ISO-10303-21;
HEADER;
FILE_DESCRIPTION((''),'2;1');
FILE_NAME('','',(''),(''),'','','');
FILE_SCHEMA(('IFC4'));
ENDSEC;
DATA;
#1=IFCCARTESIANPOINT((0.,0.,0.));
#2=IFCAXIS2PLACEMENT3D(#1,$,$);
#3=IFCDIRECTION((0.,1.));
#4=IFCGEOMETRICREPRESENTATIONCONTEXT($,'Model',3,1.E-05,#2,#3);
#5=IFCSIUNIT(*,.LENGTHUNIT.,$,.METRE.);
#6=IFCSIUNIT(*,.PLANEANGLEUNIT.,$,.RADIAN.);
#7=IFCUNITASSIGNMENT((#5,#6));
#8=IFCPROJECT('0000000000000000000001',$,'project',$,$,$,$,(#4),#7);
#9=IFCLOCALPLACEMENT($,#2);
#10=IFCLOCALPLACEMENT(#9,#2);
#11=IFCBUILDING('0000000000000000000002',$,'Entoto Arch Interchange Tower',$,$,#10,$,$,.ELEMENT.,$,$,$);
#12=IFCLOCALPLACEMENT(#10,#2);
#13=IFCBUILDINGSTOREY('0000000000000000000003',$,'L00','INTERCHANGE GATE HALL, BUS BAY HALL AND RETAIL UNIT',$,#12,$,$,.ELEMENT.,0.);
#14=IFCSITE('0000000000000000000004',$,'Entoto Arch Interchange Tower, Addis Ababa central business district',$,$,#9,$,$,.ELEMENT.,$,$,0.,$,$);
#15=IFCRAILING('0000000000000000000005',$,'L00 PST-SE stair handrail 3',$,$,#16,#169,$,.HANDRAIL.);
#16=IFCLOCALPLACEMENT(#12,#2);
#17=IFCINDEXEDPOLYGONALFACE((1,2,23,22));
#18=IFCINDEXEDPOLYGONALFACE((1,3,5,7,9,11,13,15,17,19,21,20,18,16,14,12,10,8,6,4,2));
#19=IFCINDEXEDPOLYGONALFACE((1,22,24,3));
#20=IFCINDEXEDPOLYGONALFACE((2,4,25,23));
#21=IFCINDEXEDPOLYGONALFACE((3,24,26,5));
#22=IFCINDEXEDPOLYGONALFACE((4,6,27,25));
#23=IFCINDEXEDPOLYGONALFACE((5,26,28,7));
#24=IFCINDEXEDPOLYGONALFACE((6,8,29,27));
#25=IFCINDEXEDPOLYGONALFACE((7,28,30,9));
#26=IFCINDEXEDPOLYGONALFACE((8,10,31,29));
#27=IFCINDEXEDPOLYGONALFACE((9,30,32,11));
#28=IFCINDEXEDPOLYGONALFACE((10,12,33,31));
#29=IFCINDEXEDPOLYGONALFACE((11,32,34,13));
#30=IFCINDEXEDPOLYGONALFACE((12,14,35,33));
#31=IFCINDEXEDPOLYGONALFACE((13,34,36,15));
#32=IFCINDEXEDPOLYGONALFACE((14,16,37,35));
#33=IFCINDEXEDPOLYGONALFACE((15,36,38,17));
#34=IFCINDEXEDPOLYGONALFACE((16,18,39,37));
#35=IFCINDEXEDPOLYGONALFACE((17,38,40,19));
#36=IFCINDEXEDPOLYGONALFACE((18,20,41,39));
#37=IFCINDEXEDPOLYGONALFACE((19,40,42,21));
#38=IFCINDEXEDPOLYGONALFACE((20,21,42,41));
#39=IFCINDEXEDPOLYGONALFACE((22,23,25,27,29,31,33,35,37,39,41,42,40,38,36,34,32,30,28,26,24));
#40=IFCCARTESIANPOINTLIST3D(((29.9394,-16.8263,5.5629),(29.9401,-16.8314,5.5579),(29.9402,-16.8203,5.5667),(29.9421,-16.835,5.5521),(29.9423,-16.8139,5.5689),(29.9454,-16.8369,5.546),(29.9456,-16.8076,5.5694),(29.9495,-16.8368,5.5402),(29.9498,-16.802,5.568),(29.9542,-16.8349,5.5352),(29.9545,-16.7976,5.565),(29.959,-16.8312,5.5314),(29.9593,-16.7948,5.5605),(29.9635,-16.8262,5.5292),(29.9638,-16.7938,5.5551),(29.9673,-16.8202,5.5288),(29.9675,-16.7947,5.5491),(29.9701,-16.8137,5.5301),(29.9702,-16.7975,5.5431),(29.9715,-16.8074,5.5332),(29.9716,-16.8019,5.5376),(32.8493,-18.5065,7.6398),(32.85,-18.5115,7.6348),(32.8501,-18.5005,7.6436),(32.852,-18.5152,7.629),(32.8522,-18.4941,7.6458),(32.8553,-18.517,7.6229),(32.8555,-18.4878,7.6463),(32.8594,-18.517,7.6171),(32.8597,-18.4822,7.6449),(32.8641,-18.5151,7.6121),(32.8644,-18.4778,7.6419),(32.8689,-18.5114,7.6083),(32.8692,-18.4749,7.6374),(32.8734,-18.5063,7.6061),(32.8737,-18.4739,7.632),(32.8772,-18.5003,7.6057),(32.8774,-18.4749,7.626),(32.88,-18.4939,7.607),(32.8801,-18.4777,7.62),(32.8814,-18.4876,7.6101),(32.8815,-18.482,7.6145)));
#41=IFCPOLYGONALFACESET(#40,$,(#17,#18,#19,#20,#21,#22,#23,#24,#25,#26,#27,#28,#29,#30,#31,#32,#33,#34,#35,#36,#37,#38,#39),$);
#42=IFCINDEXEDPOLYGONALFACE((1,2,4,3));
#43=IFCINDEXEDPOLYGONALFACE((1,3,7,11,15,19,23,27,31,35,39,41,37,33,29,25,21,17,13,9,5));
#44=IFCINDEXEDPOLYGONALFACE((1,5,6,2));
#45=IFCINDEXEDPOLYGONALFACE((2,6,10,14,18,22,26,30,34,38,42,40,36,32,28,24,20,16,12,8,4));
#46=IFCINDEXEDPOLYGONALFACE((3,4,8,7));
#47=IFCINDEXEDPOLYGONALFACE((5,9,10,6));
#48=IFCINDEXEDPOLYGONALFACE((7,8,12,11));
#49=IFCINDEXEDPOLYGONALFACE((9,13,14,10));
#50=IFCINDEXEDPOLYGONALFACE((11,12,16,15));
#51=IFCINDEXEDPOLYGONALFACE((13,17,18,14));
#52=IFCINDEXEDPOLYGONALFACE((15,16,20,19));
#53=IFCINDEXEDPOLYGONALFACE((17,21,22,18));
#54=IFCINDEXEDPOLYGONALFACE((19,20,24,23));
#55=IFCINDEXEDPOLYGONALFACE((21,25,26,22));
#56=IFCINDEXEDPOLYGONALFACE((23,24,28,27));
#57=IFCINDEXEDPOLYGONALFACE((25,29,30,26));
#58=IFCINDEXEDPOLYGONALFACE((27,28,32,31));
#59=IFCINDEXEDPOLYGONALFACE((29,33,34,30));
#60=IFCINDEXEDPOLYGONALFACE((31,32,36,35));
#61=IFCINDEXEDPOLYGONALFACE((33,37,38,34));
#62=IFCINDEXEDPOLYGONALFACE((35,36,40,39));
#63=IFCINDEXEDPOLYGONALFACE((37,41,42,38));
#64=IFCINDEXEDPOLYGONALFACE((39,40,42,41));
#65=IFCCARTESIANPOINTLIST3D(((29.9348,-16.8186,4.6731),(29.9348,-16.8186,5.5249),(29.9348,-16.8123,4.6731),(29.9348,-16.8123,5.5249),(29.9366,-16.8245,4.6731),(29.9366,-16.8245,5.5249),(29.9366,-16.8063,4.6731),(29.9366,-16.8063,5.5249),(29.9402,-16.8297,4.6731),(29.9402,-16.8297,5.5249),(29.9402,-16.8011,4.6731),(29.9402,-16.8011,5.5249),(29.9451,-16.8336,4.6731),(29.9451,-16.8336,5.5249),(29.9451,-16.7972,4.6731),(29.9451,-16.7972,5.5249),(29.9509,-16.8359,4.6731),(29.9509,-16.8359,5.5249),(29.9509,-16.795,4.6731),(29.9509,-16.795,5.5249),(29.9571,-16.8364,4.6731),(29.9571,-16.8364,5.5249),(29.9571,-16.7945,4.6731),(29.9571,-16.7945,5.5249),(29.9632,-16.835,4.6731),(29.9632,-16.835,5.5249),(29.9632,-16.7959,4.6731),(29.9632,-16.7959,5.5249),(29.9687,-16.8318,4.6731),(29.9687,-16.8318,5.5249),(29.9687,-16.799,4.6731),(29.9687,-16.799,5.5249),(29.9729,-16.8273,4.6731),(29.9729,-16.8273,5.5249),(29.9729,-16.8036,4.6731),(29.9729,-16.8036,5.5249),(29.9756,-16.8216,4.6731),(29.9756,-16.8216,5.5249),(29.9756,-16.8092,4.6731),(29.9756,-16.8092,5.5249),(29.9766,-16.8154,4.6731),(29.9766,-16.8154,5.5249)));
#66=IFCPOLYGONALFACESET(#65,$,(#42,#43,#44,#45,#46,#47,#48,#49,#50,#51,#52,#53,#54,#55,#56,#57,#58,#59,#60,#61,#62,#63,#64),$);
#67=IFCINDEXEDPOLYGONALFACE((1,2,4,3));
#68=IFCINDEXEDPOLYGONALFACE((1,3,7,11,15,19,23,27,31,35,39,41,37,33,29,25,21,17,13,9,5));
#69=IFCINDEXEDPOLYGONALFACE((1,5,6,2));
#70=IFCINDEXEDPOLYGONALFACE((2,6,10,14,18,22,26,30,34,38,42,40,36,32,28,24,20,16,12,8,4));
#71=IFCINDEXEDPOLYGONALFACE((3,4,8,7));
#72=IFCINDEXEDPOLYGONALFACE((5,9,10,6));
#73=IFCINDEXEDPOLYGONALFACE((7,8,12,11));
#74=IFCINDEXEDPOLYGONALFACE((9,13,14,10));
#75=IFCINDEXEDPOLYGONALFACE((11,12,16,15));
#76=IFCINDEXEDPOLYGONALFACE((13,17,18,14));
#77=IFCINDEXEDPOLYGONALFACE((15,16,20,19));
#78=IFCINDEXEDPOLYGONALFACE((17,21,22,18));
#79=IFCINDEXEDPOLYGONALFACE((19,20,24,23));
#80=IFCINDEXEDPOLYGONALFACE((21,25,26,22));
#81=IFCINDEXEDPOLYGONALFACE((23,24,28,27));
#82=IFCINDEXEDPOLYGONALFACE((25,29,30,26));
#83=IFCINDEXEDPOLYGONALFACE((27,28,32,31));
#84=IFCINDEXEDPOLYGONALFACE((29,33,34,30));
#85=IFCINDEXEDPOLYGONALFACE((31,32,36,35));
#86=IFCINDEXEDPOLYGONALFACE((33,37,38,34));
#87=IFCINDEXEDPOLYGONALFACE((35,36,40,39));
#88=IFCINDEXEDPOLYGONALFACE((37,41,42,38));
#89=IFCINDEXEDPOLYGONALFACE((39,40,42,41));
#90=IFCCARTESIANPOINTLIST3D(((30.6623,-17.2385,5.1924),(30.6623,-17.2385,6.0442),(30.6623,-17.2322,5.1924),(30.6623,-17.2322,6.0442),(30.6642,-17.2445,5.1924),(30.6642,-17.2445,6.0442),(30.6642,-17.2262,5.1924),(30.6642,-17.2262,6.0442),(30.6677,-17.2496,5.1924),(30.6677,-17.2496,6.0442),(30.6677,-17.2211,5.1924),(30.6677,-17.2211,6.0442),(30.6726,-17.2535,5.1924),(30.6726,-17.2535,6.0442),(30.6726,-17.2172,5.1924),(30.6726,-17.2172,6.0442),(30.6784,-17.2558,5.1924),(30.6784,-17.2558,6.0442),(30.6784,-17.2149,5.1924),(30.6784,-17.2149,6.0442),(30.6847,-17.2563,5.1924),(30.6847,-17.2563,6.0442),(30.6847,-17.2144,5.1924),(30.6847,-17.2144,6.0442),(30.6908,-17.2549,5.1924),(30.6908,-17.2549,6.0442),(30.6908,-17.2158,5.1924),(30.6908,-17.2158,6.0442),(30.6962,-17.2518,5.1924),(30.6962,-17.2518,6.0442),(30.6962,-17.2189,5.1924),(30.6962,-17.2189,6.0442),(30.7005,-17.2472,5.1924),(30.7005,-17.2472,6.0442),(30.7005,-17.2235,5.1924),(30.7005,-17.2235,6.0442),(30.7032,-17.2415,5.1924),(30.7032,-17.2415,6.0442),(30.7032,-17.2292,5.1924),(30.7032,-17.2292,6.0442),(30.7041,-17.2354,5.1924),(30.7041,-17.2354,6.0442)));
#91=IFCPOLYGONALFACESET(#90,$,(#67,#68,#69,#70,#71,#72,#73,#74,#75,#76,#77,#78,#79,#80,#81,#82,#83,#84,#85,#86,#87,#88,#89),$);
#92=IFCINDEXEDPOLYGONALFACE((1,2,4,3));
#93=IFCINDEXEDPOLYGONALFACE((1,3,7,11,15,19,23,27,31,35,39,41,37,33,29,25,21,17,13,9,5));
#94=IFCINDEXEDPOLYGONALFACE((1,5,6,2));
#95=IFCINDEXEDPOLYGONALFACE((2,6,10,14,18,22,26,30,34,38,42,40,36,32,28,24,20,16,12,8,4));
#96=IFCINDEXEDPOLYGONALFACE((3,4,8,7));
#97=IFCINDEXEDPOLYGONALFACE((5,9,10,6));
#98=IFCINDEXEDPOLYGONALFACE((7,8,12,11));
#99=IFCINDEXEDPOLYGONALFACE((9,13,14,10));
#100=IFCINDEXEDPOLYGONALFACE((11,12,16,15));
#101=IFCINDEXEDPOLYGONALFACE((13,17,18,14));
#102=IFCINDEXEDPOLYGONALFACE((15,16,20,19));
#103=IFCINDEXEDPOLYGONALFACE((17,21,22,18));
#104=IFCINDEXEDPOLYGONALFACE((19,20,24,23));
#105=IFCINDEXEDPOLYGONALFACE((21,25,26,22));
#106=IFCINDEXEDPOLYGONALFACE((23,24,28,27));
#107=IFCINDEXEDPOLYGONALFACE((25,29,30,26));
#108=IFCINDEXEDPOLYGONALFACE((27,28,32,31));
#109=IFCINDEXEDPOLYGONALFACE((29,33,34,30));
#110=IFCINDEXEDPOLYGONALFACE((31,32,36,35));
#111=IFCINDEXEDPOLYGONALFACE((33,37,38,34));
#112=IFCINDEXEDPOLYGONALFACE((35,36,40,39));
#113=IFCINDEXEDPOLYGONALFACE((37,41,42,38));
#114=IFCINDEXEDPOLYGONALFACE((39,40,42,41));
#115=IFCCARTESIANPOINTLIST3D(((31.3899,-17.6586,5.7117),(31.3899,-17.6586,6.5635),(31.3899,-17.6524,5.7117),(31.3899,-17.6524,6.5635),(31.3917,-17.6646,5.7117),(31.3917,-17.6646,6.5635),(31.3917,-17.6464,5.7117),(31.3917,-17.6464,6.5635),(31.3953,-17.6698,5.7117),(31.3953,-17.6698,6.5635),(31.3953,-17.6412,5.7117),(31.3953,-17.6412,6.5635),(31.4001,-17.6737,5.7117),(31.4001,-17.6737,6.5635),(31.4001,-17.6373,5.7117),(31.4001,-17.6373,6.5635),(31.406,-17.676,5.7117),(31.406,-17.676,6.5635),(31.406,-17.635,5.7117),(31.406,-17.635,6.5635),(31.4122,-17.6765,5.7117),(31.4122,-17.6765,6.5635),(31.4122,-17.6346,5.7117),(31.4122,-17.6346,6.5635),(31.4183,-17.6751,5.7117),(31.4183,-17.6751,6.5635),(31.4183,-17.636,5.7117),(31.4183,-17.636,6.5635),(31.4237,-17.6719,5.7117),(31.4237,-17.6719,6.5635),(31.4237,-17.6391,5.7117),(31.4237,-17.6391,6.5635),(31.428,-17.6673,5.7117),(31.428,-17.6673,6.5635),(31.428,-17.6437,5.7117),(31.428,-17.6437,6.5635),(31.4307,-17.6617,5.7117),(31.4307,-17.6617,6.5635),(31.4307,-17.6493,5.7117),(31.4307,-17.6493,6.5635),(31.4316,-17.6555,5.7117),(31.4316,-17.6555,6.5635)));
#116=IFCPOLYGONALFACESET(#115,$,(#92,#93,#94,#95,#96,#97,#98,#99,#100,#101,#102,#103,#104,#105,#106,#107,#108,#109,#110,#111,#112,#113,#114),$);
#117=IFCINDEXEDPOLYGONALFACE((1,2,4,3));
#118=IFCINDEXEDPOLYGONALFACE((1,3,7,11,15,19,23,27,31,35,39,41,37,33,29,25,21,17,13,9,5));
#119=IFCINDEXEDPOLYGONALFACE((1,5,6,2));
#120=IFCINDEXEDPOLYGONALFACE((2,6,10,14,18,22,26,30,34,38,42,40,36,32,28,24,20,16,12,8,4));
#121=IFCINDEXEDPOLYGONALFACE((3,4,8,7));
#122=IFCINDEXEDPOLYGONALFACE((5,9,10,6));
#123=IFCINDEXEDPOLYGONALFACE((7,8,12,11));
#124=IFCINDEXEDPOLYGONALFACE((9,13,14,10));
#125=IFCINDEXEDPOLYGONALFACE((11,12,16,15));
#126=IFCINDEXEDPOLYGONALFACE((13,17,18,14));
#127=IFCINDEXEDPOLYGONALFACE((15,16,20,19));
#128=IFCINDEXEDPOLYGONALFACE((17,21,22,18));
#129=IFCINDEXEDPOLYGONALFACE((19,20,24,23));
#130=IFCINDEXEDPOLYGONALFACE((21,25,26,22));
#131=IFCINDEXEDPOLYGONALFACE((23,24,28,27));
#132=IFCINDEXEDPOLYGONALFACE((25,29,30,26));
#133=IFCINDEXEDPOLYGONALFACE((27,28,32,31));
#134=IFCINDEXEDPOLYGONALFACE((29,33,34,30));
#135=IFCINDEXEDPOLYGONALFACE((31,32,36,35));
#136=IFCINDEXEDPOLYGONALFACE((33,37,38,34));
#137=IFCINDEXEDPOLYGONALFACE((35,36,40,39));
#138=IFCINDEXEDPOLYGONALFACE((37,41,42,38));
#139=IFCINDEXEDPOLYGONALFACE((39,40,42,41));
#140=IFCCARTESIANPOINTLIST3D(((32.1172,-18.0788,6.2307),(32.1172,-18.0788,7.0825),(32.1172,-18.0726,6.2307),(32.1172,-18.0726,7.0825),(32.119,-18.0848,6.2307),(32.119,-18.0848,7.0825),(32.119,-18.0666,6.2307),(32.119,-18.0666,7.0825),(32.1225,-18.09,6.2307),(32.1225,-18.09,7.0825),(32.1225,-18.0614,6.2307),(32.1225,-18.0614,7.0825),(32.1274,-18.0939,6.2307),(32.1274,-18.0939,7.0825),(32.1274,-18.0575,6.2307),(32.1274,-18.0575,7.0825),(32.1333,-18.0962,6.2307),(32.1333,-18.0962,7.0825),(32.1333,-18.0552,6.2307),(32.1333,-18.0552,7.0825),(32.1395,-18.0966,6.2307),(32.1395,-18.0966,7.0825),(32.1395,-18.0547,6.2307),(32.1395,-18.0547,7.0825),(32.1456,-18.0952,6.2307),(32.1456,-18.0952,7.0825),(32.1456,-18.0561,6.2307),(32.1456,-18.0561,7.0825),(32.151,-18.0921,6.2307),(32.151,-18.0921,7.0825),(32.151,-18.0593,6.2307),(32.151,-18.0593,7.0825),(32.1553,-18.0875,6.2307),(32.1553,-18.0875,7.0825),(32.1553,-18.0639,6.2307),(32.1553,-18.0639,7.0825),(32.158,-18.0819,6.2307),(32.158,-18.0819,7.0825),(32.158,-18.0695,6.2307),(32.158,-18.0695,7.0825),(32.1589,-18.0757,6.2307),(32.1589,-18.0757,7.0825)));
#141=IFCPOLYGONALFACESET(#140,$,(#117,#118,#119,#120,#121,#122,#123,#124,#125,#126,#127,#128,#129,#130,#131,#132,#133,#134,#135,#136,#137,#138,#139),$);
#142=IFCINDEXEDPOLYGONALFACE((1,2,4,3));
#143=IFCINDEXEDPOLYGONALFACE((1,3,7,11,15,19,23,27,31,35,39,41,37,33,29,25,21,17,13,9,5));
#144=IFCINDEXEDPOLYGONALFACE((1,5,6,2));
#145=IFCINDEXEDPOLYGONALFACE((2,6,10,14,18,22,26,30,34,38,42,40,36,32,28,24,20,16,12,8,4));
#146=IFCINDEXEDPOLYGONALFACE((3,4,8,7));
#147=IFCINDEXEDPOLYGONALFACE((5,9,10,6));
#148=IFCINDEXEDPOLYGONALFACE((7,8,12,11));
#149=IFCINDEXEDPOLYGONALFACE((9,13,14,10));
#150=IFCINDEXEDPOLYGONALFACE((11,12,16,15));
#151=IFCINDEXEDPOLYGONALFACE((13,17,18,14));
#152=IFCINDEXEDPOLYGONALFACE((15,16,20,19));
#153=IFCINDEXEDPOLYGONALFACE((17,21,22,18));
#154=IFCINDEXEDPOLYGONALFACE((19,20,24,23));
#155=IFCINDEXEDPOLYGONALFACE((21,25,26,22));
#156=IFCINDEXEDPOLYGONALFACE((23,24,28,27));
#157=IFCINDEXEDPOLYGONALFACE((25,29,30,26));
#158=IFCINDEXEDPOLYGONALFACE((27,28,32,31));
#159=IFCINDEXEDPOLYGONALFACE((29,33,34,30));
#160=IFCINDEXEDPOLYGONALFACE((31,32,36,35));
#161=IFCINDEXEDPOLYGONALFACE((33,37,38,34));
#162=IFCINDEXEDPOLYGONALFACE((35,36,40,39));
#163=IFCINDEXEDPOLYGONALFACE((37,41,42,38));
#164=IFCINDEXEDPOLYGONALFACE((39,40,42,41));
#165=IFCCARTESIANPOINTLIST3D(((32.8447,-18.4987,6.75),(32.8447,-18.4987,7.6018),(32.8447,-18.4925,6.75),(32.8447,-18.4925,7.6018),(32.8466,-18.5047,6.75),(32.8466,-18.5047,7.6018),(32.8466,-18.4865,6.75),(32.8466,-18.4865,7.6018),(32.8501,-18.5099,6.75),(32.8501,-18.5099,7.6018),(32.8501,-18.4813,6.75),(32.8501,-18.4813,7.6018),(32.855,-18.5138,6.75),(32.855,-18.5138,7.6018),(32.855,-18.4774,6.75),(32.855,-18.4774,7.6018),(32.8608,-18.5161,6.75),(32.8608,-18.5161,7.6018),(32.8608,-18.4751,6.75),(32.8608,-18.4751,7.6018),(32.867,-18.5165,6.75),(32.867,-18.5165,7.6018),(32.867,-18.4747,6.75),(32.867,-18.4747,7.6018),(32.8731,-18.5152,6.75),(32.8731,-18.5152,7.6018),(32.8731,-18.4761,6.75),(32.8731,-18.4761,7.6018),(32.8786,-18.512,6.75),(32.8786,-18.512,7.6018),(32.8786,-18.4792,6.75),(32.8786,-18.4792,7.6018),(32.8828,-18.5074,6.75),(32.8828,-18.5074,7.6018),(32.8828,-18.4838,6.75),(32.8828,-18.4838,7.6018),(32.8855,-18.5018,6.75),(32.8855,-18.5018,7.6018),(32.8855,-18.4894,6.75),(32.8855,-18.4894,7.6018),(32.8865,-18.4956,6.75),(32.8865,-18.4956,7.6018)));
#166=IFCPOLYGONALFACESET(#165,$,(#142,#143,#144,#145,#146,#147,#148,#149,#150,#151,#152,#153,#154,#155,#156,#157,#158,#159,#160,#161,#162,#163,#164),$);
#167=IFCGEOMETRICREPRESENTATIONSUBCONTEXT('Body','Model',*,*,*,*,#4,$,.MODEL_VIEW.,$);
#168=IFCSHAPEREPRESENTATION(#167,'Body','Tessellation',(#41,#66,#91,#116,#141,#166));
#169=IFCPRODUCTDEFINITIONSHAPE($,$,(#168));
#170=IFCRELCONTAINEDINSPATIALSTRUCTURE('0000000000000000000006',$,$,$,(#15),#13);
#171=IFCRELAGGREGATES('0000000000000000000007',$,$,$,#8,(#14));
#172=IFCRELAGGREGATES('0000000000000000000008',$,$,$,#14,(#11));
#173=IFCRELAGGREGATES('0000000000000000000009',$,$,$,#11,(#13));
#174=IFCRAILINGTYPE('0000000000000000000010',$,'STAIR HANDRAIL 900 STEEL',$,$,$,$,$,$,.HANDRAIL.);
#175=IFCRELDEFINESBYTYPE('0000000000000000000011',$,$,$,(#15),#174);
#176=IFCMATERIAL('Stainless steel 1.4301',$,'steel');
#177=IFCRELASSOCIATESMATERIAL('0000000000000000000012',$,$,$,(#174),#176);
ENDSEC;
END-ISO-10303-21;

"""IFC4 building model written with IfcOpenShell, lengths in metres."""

from ifc_helpers import new_model, si_unit, direction, frame, origin, origin_2d, place, context, subcontext, project, spatial, circle, extrude, material, type_object, element, save


model = new_model("IFC4")

# Units and contexts
model_context = context("Model", 3, precision=1e-05, world=origin(), true_north=direction((0.0, 1.0)))
body_context = subcontext(model_context, "Body", "Model", "MODEL_VIEW")
ifc_project = project(units=[si_unit("LENGTHUNIT", "METRE"), si_unit("PLANEANGLEUNIT", "RADIAN")], contexts=[model_context])

# Site, building, storey
site_placement = place(None, origin())
site = spatial("IfcSite", under=ifc_project, at=site_placement, Name="Entoto Arch Interchange Tower, Addis Ababa central business district", CompositionType="ELEMENT", RefElevation=0.0)
building_placement = place(site_placement, origin())
building = spatial("IfcBuilding", under=site, at=building_placement, Name="Entoto Arch Interchange Tower", CompositionType="ELEMENT")
storey_placement = place(building_placement, origin())
storey = spatial("IfcBuildingStorey", under=building, at=storey_placement, Name="L00", Description="INTERCHANGE GATE HALL, BUS BAY HALL AND RETAIL UNIT", CompositionType="ELEMENT", Elevation=0.0)

# Railing
ifc_material_1 = material(Name="Stainless steel 1.4301", Category="steel")
railing_type = type_object("IfcRailingType", Name="STAIR HANDRAIL 900 STEEL", PredefinedType="HANDRAIL", material=ifc_material_1)
for number, where, name in (
    (1, (29.9556, -16.8154, 4.6731), "L00 PST-SE stair handrail 3"),
):
    element("IfcRailing", number, at=place(storey_placement, frame(where)), inside=storey, type_object=railing_type, Name=name, PredefinedType="HANDRAIL", context=body_context, shape_type="SweptSolid", body=[
        extrude(circle(Radius=0.0239, at=origin_2d()), frame((0.0, 0.0, 0.876), z_axis=(0.736649, -0.425339, 0.525771), x_axis=(0.500031, 0.866008, 0.0)), (0.0, 0.0, 1.0), 3.9502),
        extrude(circle(Radius=0.021, at=origin_2d()), origin(), (0.0, 0.0, 1.0), 0.8518),
        extrude(circle(Radius=0.021, at=origin_2d()), frame((0.7275, -0.4199, 0.5193)), (0.0, 0.0, 1.0), 0.8518),
        extrude(circle(Radius=0.021, at=origin_2d()), frame((1.4551, -0.8401, 1.0386)), (0.0, 0.0, 1.0), 0.8518),
        extrude(circle(Radius=0.021, at=origin_2d()), frame((2.1824, -1.2603, 1.5576)), (0.0, 0.0, 1.0), 0.8518),
        extrude(circle(Radius=0.021, at=origin_2d()), frame((2.9099, -1.6802, 2.0769)), (0.0, 0.0, 1.0), 0.8518),
    ])

save(model, "model.ifc")
